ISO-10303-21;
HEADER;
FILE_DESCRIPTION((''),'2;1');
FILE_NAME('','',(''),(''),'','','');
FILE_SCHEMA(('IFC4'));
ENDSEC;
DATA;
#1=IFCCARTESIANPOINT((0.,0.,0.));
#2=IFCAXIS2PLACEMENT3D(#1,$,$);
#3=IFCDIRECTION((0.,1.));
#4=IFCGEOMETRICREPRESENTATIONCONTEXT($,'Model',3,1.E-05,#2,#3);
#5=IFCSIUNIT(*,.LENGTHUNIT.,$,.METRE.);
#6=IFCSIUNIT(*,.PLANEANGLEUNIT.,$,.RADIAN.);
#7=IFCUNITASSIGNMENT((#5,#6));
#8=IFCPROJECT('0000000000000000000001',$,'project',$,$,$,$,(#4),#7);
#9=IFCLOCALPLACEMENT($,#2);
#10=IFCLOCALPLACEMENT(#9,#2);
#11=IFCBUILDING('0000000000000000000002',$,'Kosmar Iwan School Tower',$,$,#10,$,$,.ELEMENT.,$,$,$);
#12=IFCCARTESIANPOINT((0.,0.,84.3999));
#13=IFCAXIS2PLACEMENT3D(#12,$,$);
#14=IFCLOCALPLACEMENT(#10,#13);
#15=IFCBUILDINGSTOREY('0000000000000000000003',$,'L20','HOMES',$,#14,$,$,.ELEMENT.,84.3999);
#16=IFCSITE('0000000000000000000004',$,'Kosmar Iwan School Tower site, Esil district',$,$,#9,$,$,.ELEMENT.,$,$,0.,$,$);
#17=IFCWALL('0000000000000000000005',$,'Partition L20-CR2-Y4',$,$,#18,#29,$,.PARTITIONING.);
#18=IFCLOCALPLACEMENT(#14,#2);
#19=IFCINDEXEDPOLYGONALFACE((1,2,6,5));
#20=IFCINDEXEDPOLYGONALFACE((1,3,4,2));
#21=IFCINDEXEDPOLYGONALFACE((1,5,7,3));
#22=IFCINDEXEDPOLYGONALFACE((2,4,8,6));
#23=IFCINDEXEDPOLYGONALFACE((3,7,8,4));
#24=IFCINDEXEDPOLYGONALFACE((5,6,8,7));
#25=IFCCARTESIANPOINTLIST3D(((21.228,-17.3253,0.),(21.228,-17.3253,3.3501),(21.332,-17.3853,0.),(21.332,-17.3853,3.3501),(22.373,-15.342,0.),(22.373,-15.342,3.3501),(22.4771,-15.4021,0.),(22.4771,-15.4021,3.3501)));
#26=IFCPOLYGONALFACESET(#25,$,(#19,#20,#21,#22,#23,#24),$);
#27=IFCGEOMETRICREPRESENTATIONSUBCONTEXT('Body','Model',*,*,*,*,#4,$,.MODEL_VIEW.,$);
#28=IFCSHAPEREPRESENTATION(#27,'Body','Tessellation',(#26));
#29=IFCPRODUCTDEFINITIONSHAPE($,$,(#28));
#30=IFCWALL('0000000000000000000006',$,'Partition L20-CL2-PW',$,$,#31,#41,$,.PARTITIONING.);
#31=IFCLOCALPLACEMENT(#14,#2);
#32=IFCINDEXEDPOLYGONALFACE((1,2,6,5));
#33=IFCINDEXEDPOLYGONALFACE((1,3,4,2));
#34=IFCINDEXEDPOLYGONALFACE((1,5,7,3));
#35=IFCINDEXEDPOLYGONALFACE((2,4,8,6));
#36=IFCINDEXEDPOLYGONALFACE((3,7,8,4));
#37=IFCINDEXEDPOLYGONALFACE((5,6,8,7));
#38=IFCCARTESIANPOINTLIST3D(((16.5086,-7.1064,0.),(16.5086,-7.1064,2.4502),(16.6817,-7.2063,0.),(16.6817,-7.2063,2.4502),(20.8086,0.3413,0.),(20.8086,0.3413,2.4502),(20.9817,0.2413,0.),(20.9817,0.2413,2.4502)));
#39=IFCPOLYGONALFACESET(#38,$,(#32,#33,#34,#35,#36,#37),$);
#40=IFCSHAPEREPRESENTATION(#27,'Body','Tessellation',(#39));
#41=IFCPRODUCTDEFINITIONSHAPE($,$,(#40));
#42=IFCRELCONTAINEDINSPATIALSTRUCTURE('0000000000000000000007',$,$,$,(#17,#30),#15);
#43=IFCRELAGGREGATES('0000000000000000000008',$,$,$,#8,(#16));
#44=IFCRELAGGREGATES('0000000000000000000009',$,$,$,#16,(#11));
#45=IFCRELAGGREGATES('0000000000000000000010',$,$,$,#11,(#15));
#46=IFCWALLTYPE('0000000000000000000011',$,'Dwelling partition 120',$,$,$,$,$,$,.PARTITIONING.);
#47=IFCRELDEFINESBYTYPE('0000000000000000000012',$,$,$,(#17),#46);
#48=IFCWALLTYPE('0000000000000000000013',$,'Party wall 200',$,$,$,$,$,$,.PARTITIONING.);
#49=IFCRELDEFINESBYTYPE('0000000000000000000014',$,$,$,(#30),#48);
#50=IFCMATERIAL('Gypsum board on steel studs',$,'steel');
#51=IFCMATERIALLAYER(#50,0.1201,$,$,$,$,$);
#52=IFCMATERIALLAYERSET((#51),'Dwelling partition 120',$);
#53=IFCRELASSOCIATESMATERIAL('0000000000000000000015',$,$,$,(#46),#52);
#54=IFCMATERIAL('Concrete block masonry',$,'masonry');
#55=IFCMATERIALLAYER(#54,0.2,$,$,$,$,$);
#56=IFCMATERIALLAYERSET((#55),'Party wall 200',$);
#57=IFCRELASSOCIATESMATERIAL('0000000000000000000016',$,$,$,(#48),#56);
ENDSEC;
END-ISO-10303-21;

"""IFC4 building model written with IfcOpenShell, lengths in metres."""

from ifc_helpers import new_model, si_unit, direction, frame, frame_2d, origin, place, context, subcontext, project, spatial, rectangle, extrude, material, layer, layer_set, type_object, element, save


model = new_model("IFC4")

# Units and contexts
model_context = context("Model", 3, precision=1e-05, world=origin(), true_north=direction((0.0, 1.0)))
body_context = subcontext(model_context, "Body", "Model", "MODEL_VIEW")
ifc_project = project(units=[si_unit("LENGTHUNIT", "METRE"), si_unit("PLANEANGLEUNIT", "RADIAN")], contexts=[model_context])

# Site, building, storey
site_placement = place(None, origin())
site = spatial("IfcSite", under=ifc_project, at=site_placement, Name="Kosmar Iwan School Tower site, Esil district", CompositionType="ELEMENT", RefElevation=0.0)
building_placement = place(site_placement, origin())
building = spatial("IfcBuilding", under=site, at=building_placement, Name="Kosmar Iwan School Tower", CompositionType="ELEMENT")
storey_placement = place(building_placement, frame((0.0, 0.0, 84.3999)))
storey = spatial("IfcBuildingStorey", under=building, at=storey_placement, Name="L20", Description="HOMES", CompositionType="ELEMENT", Elevation=84.3999)

# Shared definitions
ifc_material_1 = material(Name="Gypsum board on steel studs", Category="steel")
ifc_layer_1 = layer(ifc_material_1, 0.1201)
ifc_layer_set_1 = layer_set([ifc_layer_1], Name="Dwelling partition 120")
wall_type_1 = type_object("IfcWallType", Name="Dwelling partition 120", PredefinedType="PARTITIONING", material=ifc_layer_set_1)

# Walls
for number, where, z_axis, x_axis, name in (
    (1, (22.425, -15.3721, 0.0), (0.0, 0.0, 1.0), (-0.500015, -0.866017, 0.0), "Partition L20-CR2-Y4"),
):
    element("IfcWall", number, at=place(storey_placement, frame(where, z_axis=z_axis, x_axis=x_axis)), inside=storey, type_object=wall_type_1, Name=name, PredefinedType="PARTITIONING", context=body_context, shape_type="SweptSolid", body=[
        extrude(rectangle(XDim=2.29, YDim=0.1201, at=frame_2d((1.145, 0.0))), origin(), (0.0, 0.0, 1.0), 3.3501),
    ])
ifc_material_2 = material(Name="Concrete block masonry", Category="masonry")
ifc_layer_2 = layer(ifc_material_2, 0.2)
ifc_layer_set_2 = layer_set([ifc_layer_2], Name="Party wall 200")
wall_type_2 = type_object("IfcWallType", Name="Party wall 200", PredefinedType="PARTITIONING", material=ifc_layer_set_2)
wall_1_placement = place(storey_placement, frame((16.5952, -7.1562, 0.0), z_axis=(0.0, 0.0, 1.0), x_axis=(0.500008, 0.866021, 0.0)))
element("IfcWall", 2, at=wall_1_placement, inside=storey, type_object=wall_type_2, Name="Partition L20-CL2-PW", PredefinedType="PARTITIONING", context=body_context, shape_type="SweptSolid", body=[
    extrude(rectangle(XDim=8.5999, YDim=0.2, at=frame_2d((4.2998, 0.0))), origin(), (0.0, 0.0, 1.0), 2.4502),
])

save(model, "model.ifc")
